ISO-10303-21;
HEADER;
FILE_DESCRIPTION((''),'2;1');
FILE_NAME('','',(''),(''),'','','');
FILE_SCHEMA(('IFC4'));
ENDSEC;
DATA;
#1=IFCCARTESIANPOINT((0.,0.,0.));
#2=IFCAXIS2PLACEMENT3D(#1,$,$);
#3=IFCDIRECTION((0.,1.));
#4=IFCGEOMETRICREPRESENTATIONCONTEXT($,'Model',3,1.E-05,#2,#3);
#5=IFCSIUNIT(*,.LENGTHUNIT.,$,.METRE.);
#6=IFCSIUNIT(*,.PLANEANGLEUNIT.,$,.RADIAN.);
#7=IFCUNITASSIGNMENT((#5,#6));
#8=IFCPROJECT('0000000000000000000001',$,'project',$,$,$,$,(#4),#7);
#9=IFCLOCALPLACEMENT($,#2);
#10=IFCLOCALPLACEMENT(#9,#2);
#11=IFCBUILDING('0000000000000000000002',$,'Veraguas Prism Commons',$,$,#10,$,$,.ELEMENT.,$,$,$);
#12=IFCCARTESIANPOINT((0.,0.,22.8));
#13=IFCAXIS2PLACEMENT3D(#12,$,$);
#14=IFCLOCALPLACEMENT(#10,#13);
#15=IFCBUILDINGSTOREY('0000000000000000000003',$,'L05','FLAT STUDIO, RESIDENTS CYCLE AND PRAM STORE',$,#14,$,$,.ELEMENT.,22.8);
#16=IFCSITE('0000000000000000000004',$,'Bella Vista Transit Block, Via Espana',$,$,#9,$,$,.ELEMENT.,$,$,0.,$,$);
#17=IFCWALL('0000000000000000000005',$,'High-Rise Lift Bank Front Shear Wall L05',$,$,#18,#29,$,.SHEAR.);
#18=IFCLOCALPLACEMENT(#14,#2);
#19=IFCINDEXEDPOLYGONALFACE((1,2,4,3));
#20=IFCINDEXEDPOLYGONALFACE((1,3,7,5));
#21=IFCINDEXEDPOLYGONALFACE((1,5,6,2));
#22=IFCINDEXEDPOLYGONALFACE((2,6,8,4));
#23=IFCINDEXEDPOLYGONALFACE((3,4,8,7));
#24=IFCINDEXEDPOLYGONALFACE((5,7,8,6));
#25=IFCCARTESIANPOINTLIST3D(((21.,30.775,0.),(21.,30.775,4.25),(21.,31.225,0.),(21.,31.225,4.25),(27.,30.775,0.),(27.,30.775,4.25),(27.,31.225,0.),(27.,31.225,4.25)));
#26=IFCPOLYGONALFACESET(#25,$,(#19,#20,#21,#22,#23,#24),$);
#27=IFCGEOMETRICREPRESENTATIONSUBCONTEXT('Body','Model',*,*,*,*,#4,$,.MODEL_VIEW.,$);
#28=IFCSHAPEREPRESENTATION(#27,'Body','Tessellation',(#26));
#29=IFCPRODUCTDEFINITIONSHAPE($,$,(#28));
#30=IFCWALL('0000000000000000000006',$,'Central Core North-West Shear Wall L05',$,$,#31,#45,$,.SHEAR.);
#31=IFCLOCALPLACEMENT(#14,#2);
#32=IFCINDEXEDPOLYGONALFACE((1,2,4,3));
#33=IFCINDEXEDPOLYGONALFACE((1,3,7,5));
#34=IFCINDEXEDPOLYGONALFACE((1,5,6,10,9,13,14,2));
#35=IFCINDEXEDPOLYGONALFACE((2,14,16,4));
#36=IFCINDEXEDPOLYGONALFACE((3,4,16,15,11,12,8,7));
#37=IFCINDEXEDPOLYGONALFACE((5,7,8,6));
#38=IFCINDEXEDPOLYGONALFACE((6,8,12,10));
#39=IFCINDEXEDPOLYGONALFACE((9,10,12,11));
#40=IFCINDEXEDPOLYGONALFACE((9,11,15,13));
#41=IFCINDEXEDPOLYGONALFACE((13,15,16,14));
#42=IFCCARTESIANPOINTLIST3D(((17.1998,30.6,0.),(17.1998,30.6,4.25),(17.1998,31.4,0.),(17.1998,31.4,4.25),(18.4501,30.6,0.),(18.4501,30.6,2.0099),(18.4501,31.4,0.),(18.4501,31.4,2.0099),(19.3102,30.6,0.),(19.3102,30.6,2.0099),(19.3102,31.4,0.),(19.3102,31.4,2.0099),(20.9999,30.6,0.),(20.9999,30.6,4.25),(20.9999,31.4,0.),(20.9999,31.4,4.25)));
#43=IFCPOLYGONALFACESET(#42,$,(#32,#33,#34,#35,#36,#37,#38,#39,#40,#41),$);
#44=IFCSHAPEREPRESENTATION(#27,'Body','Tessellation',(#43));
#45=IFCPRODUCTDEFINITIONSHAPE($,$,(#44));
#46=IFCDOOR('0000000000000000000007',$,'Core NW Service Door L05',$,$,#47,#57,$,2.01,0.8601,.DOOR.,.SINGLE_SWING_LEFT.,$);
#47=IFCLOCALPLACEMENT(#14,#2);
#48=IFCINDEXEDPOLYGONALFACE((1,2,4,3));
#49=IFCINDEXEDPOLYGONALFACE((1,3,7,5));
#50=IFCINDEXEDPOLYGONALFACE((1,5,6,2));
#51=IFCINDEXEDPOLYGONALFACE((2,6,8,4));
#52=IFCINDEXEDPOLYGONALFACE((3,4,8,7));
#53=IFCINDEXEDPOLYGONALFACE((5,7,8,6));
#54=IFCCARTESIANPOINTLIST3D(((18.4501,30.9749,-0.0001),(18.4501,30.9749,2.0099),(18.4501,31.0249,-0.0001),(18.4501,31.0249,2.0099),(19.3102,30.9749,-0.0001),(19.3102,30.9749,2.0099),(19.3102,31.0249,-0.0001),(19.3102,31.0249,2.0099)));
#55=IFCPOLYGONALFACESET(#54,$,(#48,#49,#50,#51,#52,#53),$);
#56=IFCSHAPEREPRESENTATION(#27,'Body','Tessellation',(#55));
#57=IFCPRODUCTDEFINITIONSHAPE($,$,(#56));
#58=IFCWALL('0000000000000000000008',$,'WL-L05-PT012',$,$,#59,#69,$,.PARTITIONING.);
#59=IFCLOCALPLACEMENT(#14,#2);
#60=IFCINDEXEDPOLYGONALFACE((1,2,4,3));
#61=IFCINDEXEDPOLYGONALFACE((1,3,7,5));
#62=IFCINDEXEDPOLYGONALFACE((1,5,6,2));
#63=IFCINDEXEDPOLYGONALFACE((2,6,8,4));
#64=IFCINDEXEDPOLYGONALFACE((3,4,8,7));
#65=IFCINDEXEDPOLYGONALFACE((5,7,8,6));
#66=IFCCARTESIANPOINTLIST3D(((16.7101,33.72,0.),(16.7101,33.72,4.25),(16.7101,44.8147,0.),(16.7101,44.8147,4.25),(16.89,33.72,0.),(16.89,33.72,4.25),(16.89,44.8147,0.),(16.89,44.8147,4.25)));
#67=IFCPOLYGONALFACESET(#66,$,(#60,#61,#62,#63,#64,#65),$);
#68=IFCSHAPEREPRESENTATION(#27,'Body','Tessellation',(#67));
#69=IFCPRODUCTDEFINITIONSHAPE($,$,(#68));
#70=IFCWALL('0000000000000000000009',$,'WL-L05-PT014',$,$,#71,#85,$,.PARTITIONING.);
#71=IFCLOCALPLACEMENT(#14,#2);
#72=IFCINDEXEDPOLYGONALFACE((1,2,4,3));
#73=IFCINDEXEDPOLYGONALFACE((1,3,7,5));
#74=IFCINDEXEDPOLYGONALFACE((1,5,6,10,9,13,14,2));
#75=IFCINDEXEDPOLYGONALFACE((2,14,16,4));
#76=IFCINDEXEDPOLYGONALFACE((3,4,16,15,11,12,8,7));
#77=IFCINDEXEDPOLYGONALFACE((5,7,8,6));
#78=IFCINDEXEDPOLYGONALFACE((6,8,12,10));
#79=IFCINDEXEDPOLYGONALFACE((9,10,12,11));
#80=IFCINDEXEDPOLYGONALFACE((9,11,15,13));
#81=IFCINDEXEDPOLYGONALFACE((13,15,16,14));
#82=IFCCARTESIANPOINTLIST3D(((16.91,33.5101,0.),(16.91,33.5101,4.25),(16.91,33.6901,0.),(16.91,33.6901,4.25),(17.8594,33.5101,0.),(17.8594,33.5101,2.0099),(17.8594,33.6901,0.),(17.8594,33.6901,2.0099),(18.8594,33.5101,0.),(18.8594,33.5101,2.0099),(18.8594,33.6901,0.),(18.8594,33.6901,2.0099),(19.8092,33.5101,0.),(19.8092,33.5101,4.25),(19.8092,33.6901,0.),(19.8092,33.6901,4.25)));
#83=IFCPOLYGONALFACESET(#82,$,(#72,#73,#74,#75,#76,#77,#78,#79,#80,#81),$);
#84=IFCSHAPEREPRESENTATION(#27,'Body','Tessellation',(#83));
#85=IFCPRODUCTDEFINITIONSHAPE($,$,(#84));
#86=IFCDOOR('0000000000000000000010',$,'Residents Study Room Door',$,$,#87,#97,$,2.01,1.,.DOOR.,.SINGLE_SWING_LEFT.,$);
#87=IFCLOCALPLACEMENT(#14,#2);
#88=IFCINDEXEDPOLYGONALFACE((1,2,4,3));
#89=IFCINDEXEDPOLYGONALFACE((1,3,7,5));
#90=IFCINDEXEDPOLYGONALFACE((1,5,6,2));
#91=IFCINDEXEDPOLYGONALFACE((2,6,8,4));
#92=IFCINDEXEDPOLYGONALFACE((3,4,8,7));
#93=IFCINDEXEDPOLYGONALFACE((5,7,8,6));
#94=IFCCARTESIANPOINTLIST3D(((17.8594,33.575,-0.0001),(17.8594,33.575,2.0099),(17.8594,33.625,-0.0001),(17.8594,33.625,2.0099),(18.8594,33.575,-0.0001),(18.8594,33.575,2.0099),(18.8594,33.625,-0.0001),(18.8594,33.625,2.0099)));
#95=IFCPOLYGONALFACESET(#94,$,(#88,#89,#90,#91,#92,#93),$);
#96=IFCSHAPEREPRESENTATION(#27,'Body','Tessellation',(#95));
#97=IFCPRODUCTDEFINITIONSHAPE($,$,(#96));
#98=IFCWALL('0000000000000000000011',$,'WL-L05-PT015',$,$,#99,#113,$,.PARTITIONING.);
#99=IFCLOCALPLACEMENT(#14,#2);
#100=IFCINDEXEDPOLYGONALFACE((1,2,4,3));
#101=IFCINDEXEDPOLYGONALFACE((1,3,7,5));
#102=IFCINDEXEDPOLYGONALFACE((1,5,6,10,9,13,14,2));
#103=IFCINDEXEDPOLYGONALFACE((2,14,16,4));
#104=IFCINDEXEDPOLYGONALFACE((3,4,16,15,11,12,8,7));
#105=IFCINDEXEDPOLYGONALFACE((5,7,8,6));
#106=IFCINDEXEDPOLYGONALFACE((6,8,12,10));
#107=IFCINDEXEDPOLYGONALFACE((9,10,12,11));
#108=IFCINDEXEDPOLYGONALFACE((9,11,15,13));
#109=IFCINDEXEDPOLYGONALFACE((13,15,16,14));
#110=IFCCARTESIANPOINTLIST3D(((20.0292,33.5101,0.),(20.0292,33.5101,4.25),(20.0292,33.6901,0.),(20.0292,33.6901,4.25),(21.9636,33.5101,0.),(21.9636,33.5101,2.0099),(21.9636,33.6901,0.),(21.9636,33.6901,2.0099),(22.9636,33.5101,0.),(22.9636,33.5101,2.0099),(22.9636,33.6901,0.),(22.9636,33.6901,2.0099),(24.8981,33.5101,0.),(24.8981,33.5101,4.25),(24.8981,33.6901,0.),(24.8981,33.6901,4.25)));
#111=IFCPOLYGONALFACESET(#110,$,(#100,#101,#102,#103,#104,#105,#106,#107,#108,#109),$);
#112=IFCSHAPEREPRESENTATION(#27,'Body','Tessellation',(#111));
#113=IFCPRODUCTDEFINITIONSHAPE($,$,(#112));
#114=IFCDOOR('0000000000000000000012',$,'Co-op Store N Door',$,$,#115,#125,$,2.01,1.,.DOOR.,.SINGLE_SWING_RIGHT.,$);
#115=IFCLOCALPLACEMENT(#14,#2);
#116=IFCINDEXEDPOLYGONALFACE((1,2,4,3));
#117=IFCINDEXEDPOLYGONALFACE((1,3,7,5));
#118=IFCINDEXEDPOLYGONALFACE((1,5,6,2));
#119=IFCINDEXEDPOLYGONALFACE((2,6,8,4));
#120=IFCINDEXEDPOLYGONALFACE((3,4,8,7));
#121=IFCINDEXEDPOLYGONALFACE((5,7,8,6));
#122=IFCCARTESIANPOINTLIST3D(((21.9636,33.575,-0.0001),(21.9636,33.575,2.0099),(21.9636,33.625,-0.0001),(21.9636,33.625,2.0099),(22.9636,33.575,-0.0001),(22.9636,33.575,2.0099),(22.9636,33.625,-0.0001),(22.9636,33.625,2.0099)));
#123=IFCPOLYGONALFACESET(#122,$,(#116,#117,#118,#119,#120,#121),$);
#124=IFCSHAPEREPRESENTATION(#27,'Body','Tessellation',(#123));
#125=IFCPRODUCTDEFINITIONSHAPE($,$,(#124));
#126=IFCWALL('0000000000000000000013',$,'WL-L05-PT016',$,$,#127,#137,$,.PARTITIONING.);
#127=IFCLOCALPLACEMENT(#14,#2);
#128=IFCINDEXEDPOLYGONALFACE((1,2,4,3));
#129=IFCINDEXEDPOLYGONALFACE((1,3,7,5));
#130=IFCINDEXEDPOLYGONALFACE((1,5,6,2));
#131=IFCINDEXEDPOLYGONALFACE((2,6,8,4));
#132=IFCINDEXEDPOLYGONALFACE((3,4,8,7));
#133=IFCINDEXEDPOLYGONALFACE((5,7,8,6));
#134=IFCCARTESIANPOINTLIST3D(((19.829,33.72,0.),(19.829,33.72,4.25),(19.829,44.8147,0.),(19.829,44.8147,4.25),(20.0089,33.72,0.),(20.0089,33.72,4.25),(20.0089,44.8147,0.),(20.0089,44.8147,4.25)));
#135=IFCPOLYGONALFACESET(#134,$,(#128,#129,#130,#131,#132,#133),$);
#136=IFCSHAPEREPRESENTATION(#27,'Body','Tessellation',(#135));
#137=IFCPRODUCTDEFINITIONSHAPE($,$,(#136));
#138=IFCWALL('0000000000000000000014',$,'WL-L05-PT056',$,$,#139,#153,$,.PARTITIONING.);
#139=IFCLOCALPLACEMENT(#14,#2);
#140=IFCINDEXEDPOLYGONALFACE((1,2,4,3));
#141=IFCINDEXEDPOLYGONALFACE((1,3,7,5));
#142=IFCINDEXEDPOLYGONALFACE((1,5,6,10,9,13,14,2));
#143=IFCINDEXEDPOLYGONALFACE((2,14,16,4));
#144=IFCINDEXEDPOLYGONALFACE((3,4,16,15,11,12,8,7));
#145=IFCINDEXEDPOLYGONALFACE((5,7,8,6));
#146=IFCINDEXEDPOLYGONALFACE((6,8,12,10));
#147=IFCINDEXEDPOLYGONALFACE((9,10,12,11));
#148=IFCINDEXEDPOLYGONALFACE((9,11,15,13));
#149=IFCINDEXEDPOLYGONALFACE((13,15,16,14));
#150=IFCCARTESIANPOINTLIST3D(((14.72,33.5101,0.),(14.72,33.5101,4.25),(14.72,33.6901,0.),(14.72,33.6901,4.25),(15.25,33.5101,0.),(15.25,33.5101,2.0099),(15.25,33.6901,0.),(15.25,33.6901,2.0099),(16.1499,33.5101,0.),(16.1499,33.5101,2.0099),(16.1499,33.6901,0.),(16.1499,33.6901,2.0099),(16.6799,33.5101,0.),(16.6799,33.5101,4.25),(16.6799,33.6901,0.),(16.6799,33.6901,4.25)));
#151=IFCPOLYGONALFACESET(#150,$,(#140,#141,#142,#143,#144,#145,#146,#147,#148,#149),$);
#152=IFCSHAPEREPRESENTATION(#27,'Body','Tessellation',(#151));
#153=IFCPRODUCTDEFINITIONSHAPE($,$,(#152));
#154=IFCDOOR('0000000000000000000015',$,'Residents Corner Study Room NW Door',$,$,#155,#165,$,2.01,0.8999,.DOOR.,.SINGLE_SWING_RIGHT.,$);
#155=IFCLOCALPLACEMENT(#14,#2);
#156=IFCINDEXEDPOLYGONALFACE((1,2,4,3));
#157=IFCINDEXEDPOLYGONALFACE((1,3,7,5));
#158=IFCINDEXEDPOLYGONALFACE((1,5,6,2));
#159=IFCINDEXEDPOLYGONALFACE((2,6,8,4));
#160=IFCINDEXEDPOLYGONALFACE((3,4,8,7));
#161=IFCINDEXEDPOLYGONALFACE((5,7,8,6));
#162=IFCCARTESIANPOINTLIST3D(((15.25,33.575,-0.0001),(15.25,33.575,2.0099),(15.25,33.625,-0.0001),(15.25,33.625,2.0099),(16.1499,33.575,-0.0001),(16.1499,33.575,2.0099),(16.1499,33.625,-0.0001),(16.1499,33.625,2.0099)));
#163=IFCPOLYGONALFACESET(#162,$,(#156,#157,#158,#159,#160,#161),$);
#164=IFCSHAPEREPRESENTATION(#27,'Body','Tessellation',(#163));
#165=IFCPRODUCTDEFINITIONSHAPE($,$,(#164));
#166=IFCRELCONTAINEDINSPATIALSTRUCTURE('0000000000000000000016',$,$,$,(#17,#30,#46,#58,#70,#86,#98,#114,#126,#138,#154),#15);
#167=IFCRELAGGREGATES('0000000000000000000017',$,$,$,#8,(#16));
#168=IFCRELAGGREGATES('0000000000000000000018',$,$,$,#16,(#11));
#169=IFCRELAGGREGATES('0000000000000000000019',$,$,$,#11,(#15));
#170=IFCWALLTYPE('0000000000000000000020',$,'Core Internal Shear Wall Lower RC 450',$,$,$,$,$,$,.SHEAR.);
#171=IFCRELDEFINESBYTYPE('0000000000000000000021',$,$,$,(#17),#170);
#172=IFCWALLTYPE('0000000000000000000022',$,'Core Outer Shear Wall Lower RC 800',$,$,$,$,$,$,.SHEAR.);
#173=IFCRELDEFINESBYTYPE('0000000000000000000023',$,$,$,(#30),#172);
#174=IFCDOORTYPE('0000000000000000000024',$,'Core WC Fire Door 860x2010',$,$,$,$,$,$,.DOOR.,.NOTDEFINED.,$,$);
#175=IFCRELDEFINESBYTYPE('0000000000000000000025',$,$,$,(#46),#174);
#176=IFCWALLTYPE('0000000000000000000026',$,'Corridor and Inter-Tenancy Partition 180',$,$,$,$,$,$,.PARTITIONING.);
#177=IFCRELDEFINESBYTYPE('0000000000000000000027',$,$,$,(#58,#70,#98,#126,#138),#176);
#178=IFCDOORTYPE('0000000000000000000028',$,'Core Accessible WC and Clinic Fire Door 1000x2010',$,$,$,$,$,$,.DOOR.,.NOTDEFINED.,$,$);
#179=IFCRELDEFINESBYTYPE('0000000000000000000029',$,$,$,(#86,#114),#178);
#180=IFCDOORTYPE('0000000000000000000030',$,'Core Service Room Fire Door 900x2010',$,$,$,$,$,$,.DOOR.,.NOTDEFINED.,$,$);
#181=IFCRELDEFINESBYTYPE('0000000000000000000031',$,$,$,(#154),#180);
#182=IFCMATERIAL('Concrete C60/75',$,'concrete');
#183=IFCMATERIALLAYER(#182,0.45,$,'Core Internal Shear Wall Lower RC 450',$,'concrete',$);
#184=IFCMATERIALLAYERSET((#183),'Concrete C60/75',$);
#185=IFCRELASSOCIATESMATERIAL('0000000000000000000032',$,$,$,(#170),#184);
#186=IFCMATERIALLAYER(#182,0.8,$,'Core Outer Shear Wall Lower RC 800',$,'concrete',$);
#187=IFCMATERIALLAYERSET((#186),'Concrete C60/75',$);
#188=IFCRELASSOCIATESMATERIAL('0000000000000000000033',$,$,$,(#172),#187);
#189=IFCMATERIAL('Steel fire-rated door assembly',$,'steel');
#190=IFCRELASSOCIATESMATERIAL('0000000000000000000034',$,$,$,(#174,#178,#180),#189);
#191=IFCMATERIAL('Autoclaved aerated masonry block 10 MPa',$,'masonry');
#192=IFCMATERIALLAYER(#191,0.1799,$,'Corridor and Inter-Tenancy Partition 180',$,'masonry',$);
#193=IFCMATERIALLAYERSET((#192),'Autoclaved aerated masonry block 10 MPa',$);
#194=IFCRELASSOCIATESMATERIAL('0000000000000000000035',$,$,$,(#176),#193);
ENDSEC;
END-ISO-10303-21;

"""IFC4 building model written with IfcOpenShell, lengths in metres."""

from ifc_helpers import new_model, si_unit, direction, frame, frame_2d, origin, place, context, subcontext, project, spatial, rectangle, extrude, source, transform, mapped, material, layer, layer_set, type_object, element, fill, save


model = new_model("IFC4")

# Units and contexts
model_context = context("Model", 3, precision=1e-05, world=origin(), true_north=direction((0.0, 1.0)))
body_context = subcontext(model_context, "Body", "Model", "MODEL_VIEW")
ifc_project = project(units=[si_unit("LENGTHUNIT", "METRE"), si_unit("PLANEANGLEUNIT", "RADIAN")], contexts=[model_context])

# Site, building, storey
site_placement = place(None, origin())
site = spatial("IfcSite", under=ifc_project, at=site_placement, Name="Bella Vista Transit Block, Via Espana", CompositionType="ELEMENT", RefElevation=0.0)
building_placement = place(site_placement, origin())
building = spatial("IfcBuilding", under=site, at=building_placement, Name="Veraguas Prism Commons", CompositionType="ELEMENT")
storey_placement = place(building_placement, frame((0.0, 0.0, 22.8)))
storey = spatial("IfcBuildingStorey", under=building, at=storey_placement, Name="L05", Description="FLAT STUDIO, RESIDENTS CYCLE AND PRAM STORE", CompositionType="ELEMENT", Elevation=22.8)

# Shared definitions
ifc_material_1 = material(Name="Concrete C60/75", Category="concrete")

# Wall
ifc_layer_1 = layer(ifc_material_1, 0.45, Name="Core Internal Shear Wall Lower RC 450", Category="concrete")
ifc_layer_set_1 = layer_set([ifc_layer_1], Name="Concrete C60/75")
wall_type_1 = type_object("IfcWallType", Name="Core Internal Shear Wall Lower RC 450", PredefinedType="SHEAR", material=ifc_layer_set_1)
wall_1_placement = place(storey_placement, frame((21.0, 31.0, 0.0), z_axis=(0.0, 0.0, 1.0), x_axis=(1.0, 0.0, 0.0)))
element("IfcWall", 1, at=wall_1_placement, inside=storey, type_object=wall_type_1, Name="High-Rise Lift Bank Front Shear Wall L05", PredefinedType="SHEAR", context=body_context, shape_type="SweptSolid", body=[
    extrude(rectangle(XDim=6.0, YDim=0.45, at=frame_2d((3.0, 0.0))), origin(), (0.0, 0.0, 1.0), 4.25),
])

# Wall, opening, door
ifc_layer_2 = layer(ifc_material_1, 0.8, Name="Core Outer Shear Wall Lower RC 800", Category="concrete")
ifc_layer_set_2 = layer_set([ifc_layer_2], Name="Concrete C60/75")
wall_type_2 = type_object("IfcWallType", Name="Core Outer Shear Wall Lower RC 800", PredefinedType="SHEAR", material=ifc_layer_set_2)
wall_2_placement = place(storey_placement, frame((17.2, 31.0, 0.0), z_axis=(0.0, 0.0, 1.0), x_axis=(1.0, 0.0, 0.0)))
wall_2 = element("IfcWall", 2, at=wall_2_placement, inside=storey, type_object=wall_type_2, Name="Central Core North-West Shear Wall L05", PredefinedType="SHEAR", context=body_context, shape_type="SweptSolid", body=[
    extrude(rectangle(XDim=3.8, YDim=0.8, at=frame_2d((1.8999, 0.0))), origin(), (0.0, 0.0, 1.0), 4.25),
])
opening_1_placement = place(wall_2_placement, frame((1.25, 0.0, 0.0)))
opening_1 = element("IfcOpeningElement", 3, at=opening_1_placement, cuts=wall_2, PredefinedType="OPENING", context=body_context, shape_type="SweptSolid", body=[
    extrude(rectangle(XDim=0.8601, YDim=2.01, at=frame_2d((0.4302, 1.0049))), frame((0.0, 0.4099, 0.0), z_axis=(0.0, -1.0, 0.0), x_axis=(1.0, 0.0, 0.0)), (0.0, 0.0, 1.0), 0.8201),
])
ifc_material_2 = material(Name="Steel fire-rated door assembly", Category="steel")
door_type_1 = type_object("IfcDoorType", Name="Core WC Fire Door 860x2010", OperationType="NOTDEFINED", PredefinedType="DOOR", material=ifc_material_2)
shared_shape_1 = source(origin(), body_context, "Body", "SweptSolid", [
    extrude(rectangle(XDim=0.8601, YDim=2.01, at=frame_2d((0.4302, 1.0049))), frame((0.0, 0.0249, 0.0), z_axis=(0.0, -1.0, 0.0), x_axis=(1.0, 0.0, 0.0)), (0.0, 0.0, 1.0), 0.05),
])
door_1_placement = place(opening_1_placement, origin())
door_1 = element("IfcDoor", 4, at=door_1_placement, inside=storey, type_object=door_type_1, Name="Core NW Service Door L05", OperationType="SINGLE_SWING_LEFT", OverallHeight=2.01, OverallWidth=0.8601, PredefinedType="DOOR", context=body_context, shape_type="MappedRepresentation", body=[
    mapped(shared_shape_1, transform((0.0, 0.0, 0.0), scale=1.0)),
])
fill(opening_1, door_1)

# Wall
ifc_material_3 = material(Name="Autoclaved aerated masonry block 10 MPa", Category="masonry")
ifc_layer_3 = layer(ifc_material_3, 0.1799, Name="Corridor and Inter-Tenancy Partition 180", Category="masonry")
ifc_layer_set_3 = layer_set([ifc_layer_3], Name="Autoclaved aerated masonry block 10 MPa")
wall_type_3 = type_object("IfcWallType", Name="Corridor and Inter-Tenancy Partition 180", PredefinedType="PARTITIONING", material=ifc_layer_set_3)
wall_3_placement = place(storey_placement, frame((16.8, 33.72, 0.0), z_axis=(0.0, 0.0, 1.0), x_axis=(0.0, 1.0, 0.0)))
element("IfcWall", 5, at=wall_3_placement, inside=storey, type_object=wall_type_3, Name="WL-L05-PT012", PredefinedType="PARTITIONING", context=body_context, shape_type="SweptSolid", body=[
    extrude(rectangle(XDim=11.0947, YDim=0.1799, at=frame_2d((5.5474, 0.0))), origin(), (0.0, 0.0, 1.0), 4.25),
])

# Walls, openings, doors
wall_4_placement = place(storey_placement, frame((16.9099, 33.6001, 0.0), z_axis=(0.0, 0.0, 1.0), x_axis=(1.0, 0.0, 0.0)))
wall_4 = element("IfcWall", 6, at=wall_4_placement, inside=storey, type_object=wall_type_3, Name="WL-L05-PT014", PredefinedType="PARTITIONING", context=body_context, shape_type="SweptSolid", body=[
    extrude(rectangle(XDim=2.8992, YDim=0.1799, at=frame_2d((1.4497, 0.0))), origin(), (0.0, 0.0, 1.0), 4.25),
])
opening_2_placement = place(wall_4_placement, frame((0.9495, 0.0, 0.0)))
opening_2 = element("IfcOpeningElement", 7, at=opening_2_placement, cuts=wall_4, PredefinedType="OPENING", context=body_context, shape_type="SweptSolid", body=[
    extrude(rectangle(XDim=1.0, YDim=2.01, at=frame_2d((0.5, 1.0049))), frame((0.0, 0.0999, 0.0), z_axis=(0.0, -1.0, 0.0), x_axis=(1.0, 0.0, 0.0)), (0.0, 0.0, 1.0), 0.2),
])
door_type_2 = type_object("IfcDoorType", Name="Core Accessible WC and Clinic Fire Door 1000x2010", OperationType="NOTDEFINED", PredefinedType="DOOR", material=ifc_material_2)
shared_shape_2 = source(origin(), body_context, "Body", "SweptSolid", [
    extrude(rectangle(XDim=1.0, YDim=2.01, at=frame_2d((0.5, 1.0049))), frame((0.0, 0.0249, 0.0), z_axis=(0.0, -1.0, 0.0), x_axis=(1.0, 0.0, 0.0)), (0.0, 0.0, 1.0), 0.05),
])
door_2_placement = place(opening_2_placement, origin())
door_2 = element("IfcDoor", 8, at=door_2_placement, inside=storey, type_object=door_type_2, Name="Residents Study Room Door", OperationType="SINGLE_SWING_LEFT", OverallHeight=2.01, OverallWidth=1.0, PredefinedType="DOOR", context=body_context, shape_type="MappedRepresentation", body=[
    mapped(shared_shape_2, transform((0.0, 0.0, 0.0), scale=1.0)),
])
fill(opening_2, door_2)
wall_5_placement = place(storey_placement, frame((20.0291, 33.6001, 0.0), z_axis=(0.0, 0.0, 1.0), x_axis=(1.0, 0.0, 0.0)))
wall_5 = element("IfcWall", 9, at=wall_5_placement, inside=storey, type_object=wall_type_3, Name="WL-L05-PT015", PredefinedType="PARTITIONING", context=body_context, shape_type="SweptSolid", body=[
    extrude(rectangle(XDim=4.8689, YDim=0.1799, at=frame_2d((2.4346, 0.0))), origin(), (0.0, 0.0, 1.0), 4.25),
])
opening_3_placement = place(wall_5_placement, frame((1.9346, 0.0, 0.0)))
opening_3 = element("IfcOpeningElement", 10, at=opening_3_placement, cuts=wall_5, PredefinedType="OPENING", context=body_context, shape_type="SweptSolid", body=[
    extrude(rectangle(XDim=1.0, YDim=2.01, at=frame_2d((0.5, 1.0049))), frame((0.0, 0.0999, 0.0), z_axis=(0.0, -1.0, 0.0), x_axis=(1.0, 0.0, 0.0)), (0.0, 0.0, 1.0), 0.2),
])
door_3_placement = place(opening_3_placement, origin())
door_3 = element("IfcDoor", 11, at=door_3_placement, inside=storey, type_object=door_type_2, Name="Co-op Store N Door", OperationType="SINGLE_SWING_RIGHT", OverallHeight=2.01, OverallWidth=1.0, PredefinedType="DOOR", context=body_context, shape_type="MappedRepresentation", body=[
    mapped(shared_shape_2, transform((0.0, 0.0, 0.0), scale=1.0)),
])
fill(opening_3, door_3)

# Wall
wall_6_placement = place(storey_placement, frame((19.9189, 33.72, 0.0), z_axis=(0.0, 0.0, 1.0), x_axis=(0.0, 1.0, 0.0)))
element("IfcWall", 12, at=wall_6_placement, inside=storey, type_object=wall_type_3, Name="WL-L05-PT016", PredefinedType="PARTITIONING", context=body_context, shape_type="SweptSolid", body=[
    extrude(rectangle(XDim=11.0947, YDim=0.1799, at=frame_2d((5.5474, 0.0))), origin(), (0.0, 0.0, 1.0), 4.25),
])

# Wall, opening, door
wall_7_placement = place(storey_placement, frame((14.72, 33.6001, 0.0), z_axis=(0.0, 0.0, 1.0), x_axis=(1.0, 0.0, 0.0)))
wall_7 = element("IfcWall", 13, at=wall_7_placement, inside=storey, type_object=wall_type_3, Name="WL-L05-PT056", PredefinedType="PARTITIONING", context=body_context, shape_type="SweptSolid", body=[
    extrude(rectangle(XDim=1.96, YDim=0.1799, at=frame_2d((0.98, 0.0))), origin(), (0.0, 0.0, 1.0), 4.25),
])
opening_4_placement = place(wall_7_placement, frame((0.53, 0.0, 0.0)))
opening_4 = element("IfcOpeningElement", 14, at=opening_4_placement, cuts=wall_7, PredefinedType="OPENING", context=body_context, shape_type="SweptSolid", body=[
    extrude(rectangle(XDim=0.8999, YDim=2.01, at=frame_2d((0.45, 1.0049))), frame((0.0, 0.0999, 0.0), z_axis=(0.0, -1.0, 0.0), x_axis=(1.0, 0.0, 0.0)), (0.0, 0.0, 1.0), 0.2),
])
door_type_3 = type_object("IfcDoorType", Name="Core Service Room Fire Door 900x2010", OperationType="NOTDEFINED", PredefinedType="DOOR", material=ifc_material_2)
shared_shape_3 = source(origin(), body_context, "Body", "SweptSolid", [
    extrude(rectangle(XDim=0.8999, YDim=2.01, at=frame_2d((0.45, 1.0049))), frame((0.0, 0.0249, 0.0), z_axis=(0.0, -1.0, 0.0), x_axis=(1.0, 0.0, 0.0)), (0.0, 0.0, 1.0), 0.05),
])
door_4_placement = place(opening_4_placement, origin())
door_4 = element("IfcDoor", 15, at=door_4_placement, inside=storey, type_object=door_type_3, Name="Residents Corner Study Room NW Door", OperationType="SINGLE_SWING_RIGHT", OverallHeight=2.01, OverallWidth=0.8999, PredefinedType="DOOR", context=body_context, shape_type="MappedRepresentation", body=[
    mapped(shared_shape_3, transform((0.0, 0.0, 0.0), scale=1.0)),
])
fill(opening_4, door_4)

save(model, "model.ifc")
